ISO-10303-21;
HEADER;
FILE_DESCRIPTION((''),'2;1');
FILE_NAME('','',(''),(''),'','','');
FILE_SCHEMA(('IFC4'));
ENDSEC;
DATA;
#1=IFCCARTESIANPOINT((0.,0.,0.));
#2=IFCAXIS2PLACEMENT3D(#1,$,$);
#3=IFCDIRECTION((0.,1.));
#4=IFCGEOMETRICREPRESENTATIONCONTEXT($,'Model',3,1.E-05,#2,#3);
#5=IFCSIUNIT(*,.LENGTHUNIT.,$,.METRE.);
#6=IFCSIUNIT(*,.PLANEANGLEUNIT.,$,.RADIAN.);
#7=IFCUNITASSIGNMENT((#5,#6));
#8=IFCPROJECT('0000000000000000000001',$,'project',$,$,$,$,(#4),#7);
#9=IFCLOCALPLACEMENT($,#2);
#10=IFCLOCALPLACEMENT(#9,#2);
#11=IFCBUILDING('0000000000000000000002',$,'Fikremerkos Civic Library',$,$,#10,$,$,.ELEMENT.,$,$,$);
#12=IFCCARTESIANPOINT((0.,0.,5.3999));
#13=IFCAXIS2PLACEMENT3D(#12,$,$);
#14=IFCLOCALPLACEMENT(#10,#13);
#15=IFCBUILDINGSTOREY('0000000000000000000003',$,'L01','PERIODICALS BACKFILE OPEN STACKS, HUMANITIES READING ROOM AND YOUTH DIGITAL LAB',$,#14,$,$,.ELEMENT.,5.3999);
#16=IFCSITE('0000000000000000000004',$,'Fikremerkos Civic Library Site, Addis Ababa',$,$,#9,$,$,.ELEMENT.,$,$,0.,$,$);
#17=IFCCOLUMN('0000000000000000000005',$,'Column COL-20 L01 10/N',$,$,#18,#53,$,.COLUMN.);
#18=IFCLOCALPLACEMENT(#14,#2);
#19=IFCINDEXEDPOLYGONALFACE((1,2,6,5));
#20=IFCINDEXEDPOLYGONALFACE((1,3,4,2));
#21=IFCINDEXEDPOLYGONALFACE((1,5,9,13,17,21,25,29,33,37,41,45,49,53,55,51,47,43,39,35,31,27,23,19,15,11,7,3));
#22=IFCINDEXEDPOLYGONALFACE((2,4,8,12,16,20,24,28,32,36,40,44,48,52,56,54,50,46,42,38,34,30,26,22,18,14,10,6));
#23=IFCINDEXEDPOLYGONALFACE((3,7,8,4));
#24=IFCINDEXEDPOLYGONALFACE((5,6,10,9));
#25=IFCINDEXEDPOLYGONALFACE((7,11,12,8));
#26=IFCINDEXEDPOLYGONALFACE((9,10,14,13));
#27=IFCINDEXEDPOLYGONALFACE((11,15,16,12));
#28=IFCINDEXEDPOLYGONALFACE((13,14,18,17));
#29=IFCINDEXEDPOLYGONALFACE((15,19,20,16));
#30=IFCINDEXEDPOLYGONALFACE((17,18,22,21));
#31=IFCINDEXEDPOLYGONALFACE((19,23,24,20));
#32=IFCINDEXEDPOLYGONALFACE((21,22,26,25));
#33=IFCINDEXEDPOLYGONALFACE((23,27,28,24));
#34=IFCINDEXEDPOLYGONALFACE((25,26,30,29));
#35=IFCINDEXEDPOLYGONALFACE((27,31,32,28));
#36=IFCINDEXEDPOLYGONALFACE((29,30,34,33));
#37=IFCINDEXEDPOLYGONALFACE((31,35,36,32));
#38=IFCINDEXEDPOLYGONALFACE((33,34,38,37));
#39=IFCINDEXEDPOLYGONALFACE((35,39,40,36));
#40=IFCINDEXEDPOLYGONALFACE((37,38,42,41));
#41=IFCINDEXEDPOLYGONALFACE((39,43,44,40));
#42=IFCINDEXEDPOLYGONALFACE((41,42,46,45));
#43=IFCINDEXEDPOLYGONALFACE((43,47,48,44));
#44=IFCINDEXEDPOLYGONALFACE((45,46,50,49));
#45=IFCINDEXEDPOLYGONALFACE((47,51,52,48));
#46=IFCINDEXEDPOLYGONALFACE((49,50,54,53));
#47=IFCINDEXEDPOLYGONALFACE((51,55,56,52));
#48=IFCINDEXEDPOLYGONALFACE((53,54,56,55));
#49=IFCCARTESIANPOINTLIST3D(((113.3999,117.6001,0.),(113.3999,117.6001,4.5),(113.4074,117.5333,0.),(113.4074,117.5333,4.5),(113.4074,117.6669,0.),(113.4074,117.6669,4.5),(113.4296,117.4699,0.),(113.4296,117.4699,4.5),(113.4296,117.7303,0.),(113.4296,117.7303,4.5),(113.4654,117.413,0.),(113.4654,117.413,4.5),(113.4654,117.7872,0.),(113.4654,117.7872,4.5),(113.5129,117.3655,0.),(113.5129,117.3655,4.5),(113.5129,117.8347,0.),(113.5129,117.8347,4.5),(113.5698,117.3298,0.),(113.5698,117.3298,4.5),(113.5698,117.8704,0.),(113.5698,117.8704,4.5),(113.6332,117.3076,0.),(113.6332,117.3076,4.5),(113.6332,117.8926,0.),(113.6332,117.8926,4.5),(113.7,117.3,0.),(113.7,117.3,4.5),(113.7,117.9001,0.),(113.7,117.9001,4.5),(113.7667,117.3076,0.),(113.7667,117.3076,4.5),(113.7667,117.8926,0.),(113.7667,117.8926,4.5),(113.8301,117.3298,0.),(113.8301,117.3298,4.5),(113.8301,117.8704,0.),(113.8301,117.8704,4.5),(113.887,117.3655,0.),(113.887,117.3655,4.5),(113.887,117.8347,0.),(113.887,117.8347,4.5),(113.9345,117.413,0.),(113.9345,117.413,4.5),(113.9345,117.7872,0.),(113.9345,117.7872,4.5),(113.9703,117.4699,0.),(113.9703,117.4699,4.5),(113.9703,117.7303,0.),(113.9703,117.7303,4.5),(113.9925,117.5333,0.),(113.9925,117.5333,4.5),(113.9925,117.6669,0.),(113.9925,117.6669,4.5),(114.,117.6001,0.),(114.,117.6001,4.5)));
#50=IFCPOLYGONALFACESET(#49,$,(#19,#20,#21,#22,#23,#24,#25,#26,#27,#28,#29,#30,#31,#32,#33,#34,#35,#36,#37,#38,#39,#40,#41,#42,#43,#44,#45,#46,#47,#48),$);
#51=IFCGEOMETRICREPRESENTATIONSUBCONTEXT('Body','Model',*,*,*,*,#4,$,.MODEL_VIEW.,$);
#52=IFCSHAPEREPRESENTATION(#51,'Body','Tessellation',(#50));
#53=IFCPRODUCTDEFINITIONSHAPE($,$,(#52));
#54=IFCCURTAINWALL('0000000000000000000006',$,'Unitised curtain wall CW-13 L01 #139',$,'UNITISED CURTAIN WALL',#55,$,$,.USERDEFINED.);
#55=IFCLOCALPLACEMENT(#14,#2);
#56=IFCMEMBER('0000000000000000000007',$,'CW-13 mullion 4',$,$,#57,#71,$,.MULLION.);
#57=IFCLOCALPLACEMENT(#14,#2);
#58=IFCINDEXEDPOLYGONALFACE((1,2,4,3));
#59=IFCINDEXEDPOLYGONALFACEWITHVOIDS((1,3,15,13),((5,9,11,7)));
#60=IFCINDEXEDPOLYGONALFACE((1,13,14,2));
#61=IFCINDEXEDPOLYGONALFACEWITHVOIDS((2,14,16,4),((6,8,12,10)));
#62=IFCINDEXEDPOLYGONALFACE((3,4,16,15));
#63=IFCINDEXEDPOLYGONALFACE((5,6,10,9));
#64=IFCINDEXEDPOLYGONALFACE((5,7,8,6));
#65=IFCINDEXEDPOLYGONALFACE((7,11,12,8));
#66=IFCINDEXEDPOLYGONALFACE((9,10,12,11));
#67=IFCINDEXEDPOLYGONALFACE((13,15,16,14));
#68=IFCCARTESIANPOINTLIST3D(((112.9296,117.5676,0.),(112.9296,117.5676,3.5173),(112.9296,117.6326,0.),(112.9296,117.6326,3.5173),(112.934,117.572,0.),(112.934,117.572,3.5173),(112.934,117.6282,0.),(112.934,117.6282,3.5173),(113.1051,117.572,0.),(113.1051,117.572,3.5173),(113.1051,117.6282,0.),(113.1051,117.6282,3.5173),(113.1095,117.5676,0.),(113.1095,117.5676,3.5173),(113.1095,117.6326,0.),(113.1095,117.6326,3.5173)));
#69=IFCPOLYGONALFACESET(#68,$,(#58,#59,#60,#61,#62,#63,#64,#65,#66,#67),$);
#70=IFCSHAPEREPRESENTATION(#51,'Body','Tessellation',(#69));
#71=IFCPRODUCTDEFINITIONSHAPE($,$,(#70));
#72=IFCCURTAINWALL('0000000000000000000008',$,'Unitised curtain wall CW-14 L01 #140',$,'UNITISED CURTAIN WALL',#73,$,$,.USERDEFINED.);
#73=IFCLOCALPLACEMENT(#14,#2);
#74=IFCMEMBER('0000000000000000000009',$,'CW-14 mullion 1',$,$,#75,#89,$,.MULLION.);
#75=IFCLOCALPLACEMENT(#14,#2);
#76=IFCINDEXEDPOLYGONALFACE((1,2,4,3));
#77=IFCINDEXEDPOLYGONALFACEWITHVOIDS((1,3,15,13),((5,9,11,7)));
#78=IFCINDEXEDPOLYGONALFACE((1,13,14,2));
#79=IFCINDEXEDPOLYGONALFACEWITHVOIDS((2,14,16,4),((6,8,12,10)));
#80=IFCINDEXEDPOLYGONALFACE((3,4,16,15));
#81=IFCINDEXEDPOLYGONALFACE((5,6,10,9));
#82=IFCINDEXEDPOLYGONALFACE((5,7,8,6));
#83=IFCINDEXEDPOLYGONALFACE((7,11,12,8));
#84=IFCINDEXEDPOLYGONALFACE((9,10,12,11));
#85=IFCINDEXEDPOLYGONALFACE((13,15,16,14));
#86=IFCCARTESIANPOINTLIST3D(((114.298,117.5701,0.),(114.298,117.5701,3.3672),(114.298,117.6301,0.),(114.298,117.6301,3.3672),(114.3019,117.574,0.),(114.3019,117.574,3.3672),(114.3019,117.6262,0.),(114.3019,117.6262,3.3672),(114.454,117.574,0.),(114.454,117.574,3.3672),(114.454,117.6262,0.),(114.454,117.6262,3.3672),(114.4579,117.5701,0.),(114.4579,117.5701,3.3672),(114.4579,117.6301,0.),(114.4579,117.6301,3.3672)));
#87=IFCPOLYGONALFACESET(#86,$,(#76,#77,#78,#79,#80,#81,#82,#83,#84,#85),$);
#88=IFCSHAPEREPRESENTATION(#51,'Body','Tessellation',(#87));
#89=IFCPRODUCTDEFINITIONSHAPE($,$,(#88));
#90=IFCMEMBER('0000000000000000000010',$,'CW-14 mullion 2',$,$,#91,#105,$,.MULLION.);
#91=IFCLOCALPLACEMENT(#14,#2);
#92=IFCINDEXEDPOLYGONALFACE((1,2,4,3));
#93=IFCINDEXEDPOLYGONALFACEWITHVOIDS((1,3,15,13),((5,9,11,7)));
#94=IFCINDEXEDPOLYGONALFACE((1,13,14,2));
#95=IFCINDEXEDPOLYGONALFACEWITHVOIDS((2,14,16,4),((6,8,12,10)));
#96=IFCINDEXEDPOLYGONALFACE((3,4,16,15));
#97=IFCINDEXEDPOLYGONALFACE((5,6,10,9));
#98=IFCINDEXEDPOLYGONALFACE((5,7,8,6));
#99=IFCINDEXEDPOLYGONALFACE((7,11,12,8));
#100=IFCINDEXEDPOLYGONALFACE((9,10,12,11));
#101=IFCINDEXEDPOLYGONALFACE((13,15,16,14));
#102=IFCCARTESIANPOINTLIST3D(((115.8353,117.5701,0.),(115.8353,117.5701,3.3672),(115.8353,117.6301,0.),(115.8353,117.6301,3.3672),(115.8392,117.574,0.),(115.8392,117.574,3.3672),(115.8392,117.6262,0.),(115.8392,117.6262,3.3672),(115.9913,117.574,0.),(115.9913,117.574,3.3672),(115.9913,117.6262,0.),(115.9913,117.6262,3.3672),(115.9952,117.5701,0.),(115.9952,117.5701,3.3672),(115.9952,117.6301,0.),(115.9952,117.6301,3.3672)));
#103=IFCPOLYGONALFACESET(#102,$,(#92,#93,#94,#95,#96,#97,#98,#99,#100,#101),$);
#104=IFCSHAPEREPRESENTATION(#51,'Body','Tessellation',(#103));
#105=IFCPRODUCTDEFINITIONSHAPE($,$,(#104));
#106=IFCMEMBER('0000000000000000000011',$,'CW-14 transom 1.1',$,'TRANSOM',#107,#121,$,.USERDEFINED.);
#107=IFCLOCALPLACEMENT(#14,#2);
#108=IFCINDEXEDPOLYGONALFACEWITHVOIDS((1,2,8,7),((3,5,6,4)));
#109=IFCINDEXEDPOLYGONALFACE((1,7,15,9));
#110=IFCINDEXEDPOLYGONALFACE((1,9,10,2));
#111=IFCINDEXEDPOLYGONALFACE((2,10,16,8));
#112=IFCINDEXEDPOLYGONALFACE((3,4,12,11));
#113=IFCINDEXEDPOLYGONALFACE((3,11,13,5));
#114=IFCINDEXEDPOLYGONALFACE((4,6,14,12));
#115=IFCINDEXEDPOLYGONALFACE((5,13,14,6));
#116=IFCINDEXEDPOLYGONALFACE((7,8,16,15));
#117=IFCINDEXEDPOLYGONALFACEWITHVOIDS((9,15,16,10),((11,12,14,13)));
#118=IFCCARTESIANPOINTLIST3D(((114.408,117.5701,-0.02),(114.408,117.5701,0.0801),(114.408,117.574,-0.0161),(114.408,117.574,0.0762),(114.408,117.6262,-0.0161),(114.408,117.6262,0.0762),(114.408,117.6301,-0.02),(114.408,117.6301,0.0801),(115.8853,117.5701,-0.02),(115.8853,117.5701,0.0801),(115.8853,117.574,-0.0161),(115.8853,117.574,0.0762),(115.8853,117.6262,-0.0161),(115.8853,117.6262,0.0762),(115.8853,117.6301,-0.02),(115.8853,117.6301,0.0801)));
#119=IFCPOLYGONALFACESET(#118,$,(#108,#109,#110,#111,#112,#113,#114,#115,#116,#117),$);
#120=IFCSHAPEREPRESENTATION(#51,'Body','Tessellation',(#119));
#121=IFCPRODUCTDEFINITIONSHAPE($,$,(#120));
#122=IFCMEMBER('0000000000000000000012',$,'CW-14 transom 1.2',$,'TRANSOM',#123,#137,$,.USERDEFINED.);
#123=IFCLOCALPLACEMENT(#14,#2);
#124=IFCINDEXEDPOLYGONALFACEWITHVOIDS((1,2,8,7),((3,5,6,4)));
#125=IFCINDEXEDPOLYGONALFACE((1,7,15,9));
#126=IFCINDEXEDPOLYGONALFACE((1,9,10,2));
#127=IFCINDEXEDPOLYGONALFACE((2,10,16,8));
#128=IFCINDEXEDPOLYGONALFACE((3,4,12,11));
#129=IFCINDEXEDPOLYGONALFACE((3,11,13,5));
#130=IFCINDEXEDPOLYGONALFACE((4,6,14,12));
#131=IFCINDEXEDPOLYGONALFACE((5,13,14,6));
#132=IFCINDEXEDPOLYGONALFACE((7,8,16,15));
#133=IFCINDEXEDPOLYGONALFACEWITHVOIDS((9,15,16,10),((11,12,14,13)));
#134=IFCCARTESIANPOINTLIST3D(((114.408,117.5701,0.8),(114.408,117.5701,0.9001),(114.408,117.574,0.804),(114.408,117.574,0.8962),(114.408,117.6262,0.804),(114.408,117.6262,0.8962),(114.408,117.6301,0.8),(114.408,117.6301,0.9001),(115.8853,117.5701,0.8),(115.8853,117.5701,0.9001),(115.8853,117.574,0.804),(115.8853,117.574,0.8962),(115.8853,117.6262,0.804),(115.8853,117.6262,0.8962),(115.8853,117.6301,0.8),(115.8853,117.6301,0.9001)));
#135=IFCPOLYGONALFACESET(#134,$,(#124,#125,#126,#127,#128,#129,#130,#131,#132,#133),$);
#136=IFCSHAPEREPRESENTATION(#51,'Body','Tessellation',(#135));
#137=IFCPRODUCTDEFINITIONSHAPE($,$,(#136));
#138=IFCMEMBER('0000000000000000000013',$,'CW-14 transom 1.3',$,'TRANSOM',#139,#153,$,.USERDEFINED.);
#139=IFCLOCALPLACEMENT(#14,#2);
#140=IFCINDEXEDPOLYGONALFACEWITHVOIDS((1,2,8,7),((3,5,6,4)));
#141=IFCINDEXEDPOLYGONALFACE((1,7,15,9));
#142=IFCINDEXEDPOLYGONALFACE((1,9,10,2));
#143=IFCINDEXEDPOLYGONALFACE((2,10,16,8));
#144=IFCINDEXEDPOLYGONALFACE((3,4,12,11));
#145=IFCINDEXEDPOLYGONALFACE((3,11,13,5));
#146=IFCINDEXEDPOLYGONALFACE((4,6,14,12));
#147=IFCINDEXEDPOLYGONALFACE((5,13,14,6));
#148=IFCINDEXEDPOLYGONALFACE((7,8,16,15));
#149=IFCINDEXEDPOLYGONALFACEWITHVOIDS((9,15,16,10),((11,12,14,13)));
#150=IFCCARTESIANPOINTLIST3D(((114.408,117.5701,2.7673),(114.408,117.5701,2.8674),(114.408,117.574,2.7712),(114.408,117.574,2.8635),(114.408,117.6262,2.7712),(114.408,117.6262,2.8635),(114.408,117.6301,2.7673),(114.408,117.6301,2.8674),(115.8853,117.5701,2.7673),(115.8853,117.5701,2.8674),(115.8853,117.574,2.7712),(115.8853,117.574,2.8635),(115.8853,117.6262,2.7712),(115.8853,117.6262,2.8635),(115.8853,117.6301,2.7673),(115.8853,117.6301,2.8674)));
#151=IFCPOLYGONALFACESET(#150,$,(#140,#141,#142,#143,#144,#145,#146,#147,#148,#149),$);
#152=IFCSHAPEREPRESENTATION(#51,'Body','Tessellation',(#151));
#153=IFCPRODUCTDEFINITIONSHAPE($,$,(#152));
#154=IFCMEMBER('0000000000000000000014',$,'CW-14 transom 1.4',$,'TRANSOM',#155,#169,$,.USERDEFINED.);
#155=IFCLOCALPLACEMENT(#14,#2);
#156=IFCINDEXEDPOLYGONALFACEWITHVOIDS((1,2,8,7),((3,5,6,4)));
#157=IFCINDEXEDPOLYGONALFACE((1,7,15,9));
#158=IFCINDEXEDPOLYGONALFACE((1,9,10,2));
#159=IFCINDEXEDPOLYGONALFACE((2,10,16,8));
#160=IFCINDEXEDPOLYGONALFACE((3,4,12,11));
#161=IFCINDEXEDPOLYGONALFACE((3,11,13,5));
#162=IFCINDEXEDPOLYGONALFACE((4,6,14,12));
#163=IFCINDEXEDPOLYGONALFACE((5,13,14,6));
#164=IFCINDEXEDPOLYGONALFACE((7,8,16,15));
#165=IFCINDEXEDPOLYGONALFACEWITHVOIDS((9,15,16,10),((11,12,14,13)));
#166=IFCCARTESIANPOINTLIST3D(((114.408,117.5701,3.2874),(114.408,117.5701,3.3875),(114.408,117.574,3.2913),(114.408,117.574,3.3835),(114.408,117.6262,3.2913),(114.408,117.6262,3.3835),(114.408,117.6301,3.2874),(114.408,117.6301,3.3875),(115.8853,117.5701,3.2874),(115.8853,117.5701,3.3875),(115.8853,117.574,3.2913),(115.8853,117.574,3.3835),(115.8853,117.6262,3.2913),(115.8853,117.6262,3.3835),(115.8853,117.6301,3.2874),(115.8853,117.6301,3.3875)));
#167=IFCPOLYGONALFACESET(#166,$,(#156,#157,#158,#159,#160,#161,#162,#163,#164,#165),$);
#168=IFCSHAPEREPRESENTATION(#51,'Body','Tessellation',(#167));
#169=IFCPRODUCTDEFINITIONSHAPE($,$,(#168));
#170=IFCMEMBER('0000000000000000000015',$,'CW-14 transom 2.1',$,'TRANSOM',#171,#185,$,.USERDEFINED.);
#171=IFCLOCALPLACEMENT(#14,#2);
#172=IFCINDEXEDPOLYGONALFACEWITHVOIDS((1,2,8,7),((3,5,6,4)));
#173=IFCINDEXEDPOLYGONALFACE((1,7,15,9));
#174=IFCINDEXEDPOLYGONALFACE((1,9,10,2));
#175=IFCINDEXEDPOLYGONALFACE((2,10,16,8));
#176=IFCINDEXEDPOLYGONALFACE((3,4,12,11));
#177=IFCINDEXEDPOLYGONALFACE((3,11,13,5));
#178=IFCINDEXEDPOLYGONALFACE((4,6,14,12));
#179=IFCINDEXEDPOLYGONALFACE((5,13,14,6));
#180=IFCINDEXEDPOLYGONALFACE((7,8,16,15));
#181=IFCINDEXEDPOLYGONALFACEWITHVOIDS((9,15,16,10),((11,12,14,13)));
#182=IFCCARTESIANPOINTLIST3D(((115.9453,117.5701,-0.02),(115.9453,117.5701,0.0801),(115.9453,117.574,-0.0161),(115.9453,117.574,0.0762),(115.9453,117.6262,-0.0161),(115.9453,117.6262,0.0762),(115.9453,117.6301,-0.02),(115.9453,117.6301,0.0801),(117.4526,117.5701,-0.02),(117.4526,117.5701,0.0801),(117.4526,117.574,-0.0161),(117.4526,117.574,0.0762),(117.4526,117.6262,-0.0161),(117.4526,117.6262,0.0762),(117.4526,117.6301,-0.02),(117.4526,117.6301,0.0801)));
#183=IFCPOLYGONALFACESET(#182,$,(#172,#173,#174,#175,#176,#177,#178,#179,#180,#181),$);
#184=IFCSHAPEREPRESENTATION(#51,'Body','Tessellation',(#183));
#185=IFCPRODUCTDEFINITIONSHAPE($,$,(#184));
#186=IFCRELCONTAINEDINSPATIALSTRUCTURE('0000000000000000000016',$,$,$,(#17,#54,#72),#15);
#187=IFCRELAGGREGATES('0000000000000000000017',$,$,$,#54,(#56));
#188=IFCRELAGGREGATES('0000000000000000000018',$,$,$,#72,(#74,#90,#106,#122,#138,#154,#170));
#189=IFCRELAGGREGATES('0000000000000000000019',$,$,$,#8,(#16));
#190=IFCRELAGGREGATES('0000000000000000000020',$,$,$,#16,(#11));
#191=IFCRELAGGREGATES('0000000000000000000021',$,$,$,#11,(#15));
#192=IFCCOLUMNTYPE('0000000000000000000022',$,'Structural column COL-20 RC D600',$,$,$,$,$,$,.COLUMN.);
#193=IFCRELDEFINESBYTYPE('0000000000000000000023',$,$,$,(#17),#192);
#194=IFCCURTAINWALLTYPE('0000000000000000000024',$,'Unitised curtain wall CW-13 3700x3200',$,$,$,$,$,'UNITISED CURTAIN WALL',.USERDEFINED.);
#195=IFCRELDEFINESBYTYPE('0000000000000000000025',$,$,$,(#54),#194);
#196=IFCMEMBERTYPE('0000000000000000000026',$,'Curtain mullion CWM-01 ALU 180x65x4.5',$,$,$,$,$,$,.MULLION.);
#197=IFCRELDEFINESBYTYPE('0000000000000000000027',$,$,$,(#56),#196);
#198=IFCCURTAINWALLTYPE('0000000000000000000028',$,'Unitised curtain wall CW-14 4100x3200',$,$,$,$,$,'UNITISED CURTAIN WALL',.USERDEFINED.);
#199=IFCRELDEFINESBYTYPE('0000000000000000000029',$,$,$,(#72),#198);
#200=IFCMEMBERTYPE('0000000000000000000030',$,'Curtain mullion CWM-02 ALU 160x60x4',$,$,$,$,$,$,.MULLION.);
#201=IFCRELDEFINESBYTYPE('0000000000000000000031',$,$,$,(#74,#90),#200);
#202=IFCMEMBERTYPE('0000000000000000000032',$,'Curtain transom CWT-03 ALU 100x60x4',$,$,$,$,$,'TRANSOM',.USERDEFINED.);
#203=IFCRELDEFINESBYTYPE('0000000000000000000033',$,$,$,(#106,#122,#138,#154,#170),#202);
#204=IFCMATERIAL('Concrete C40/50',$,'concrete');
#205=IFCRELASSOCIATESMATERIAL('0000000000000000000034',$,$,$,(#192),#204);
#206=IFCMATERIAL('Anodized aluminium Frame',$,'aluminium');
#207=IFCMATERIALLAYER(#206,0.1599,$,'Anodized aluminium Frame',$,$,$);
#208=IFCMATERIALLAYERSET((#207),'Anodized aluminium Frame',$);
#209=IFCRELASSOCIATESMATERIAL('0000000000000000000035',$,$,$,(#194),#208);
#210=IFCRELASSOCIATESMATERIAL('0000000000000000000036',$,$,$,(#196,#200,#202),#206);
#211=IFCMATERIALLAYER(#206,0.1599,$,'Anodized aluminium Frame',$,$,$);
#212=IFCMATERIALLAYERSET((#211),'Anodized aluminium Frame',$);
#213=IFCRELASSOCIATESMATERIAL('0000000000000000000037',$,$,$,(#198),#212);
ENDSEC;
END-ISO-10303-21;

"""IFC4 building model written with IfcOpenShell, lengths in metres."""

from ifc_helpers import new_model, si_unit, direction, frame, origin, origin_2d, place, context, subcontext, project, spatial, hollow_rectangle, circle, extrude, material, layer, layer_set, material_profile, profile_set, type_object, element, aggregate, save


model = new_model("IFC4")

# Units and contexts
model_context = context("Model", 3, precision=1e-05, world=origin(), true_north=direction((0.0, 1.0)))
body_context = subcontext(model_context, "Body", "Model", "MODEL_VIEW")
ifc_project = project(units=[si_unit("LENGTHUNIT", "METRE"), si_unit("PLANEANGLEUNIT", "RADIAN")], contexts=[model_context])

# Site, building, storey
site_placement = place(None, origin())
site = spatial("IfcSite", under=ifc_project, at=site_placement, Name="Fikremerkos Civic Library Site, Addis Ababa", CompositionType="ELEMENT", RefElevation=0.0)
building_placement = place(site_placement, origin())
building = spatial("IfcBuilding", under=site, at=building_placement, Name="Fikremerkos Civic Library", CompositionType="ELEMENT")
storey_placement = place(building_placement, frame((0.0, 0.0, 5.3999)))
storey = spatial("IfcBuildingStorey", under=building, at=storey_placement, Name="L01", Description="PERIODICALS BACKFILE OPEN STACKS, HUMANITIES READING ROOM AND YOUTH DIGITAL LAB", CompositionType="ELEMENT", Elevation=5.3999)

# Column
ifc_material_1 = material(Name="Concrete C40/50", Category="concrete")
ifc_material_profile_1 = material_profile(ifc_material_1, circle(Radius=0.3, at=origin_2d()), Name="RC D600")
ifc_profile_set_1 = profile_set([ifc_material_profile_1], Name="Concrete C40/50")
column_type = type_object("IfcColumnType", Name="Structural column COL-20 RC D600", PredefinedType="COLUMN", material=ifc_profile_set_1)
column_placement = place(storey_placement, frame((113.7, 117.6001, 0.0), z_axis=(0.0, 0.0, 1.0), x_axis=(1.0, 0.0, 0.0)))
element("IfcColumn", 1, at=column_placement, inside=storey, type_object=column_type, Name="Column COL-20 L01 10/N", PredefinedType="COLUMN", context=body_context, shape_type="SweptSolid", body=[
    extrude(circle(Radius=0.3, at=origin_2d()), origin(), (0.0, 0.0, 1.0), 4.5),
])

# Curtain wall, member
ifc_material_2 = material(Name="Anodized aluminium Frame", Category="aluminium")
ifc_layer_1 = layer(ifc_material_2, 0.1599, Name="Anodized aluminium Frame")
ifc_layer_set_1 = layer_set([ifc_layer_1], Name="Anodized aluminium Frame")
curtain_wall_type_1 = type_object("IfcCurtainWallType", Name="Unitised curtain wall CW-13 3700x3200", ElementType="UNITISED CURTAIN WALL", PredefinedType="USERDEFINED", material=ifc_layer_set_1)
curtain_wall_1_placement = place(storey_placement, origin())
curtain_wall_1 = element("IfcCurtainWall", 2, at=curtain_wall_1_placement, inside=storey, type_object=curtain_wall_type_1, Name="Unitised curtain wall CW-13 L01 #139", ObjectType="UNITISED CURTAIN WALL", PredefinedType="USERDEFINED")
ifc_material_profile_2 = material_profile(ifc_material_2, hollow_rectangle(XDim=0.0649, YDim=0.1799, WallThickness=0.0044, at=origin_2d()), Name="ALU 180x65x4.5")
ifc_profile_set_2 = profile_set([ifc_material_profile_2], Name="Anodized aluminium Frame")
member_type_1 = type_object("IfcMemberType", Name="Curtain mullion CWM-01 ALU 180x65x4.5", PredefinedType="MULLION", material=ifc_profile_set_2)
member_1_placement = place(storey_placement, frame((113.0195, 117.6001, 0.0), z_axis=(0.0, 0.0, 1.0), x_axis=(0.0, 1.0, 0.0)))
member_1 = element("IfcMember", 3, at=member_1_placement, type_object=member_type_1, Name="CW-13 mullion 4", PredefinedType="MULLION", context=body_context, shape_type="SweptSolid", body=[
    extrude(hollow_rectangle(XDim=0.0649, YDim=0.1799, WallThickness=0.0044, at=origin_2d()), origin(), (0.0, 0.0, 1.0), 3.5173),
])

# Curtain wall, members
ifc_layer_2 = layer(ifc_material_2, 0.1599, Name="Anodized aluminium Frame")
ifc_layer_set_2 = layer_set([ifc_layer_2], Name="Anodized aluminium Frame")
curtain_wall_type_2 = type_object("IfcCurtainWallType", Name="Unitised curtain wall CW-14 4100x3200", ElementType="UNITISED CURTAIN WALL", PredefinedType="USERDEFINED", material=ifc_layer_set_2)
curtain_wall_2_placement = place(storey_placement, origin())
curtain_wall_2 = element("IfcCurtainWall", 4, at=curtain_wall_2_placement, inside=storey, type_object=curtain_wall_type_2, Name="Unitised curtain wall CW-14 L01 #140", ObjectType="UNITISED CURTAIN WALL", PredefinedType="USERDEFINED")
ifc_material_profile_3 = material_profile(ifc_material_2, hollow_rectangle(XDim=0.0601, YDim=0.1599, WallThickness=0.0039, at=origin_2d()), Name="ALU 160x60x4")
ifc_profile_set_3 = profile_set([ifc_material_profile_3], Name="Anodized aluminium Frame")
member_type_2 = type_object("IfcMemberType", Name="Curtain mullion CWM-02 ALU 160x60x4", PredefinedType="MULLION", material=ifc_profile_set_3)
member_2_placement = place(storey_placement, frame((114.3779, 117.6001, 0.0), z_axis=(0.0, 0.0, 1.0), x_axis=(0.0, 1.0, 0.0)))
member_2 = element("IfcMember", 5, at=member_2_placement, type_object=member_type_2, Name="CW-14 mullion 1", PredefinedType="MULLION", context=body_context, shape_type="SweptSolid", body=[
    extrude(hollow_rectangle(XDim=0.0601, YDim=0.1599, WallThickness=0.0039, at=origin_2d()), origin(), (0.0, 0.0, 1.0), 3.3672),
])
member_3_placement = place(storey_placement, frame((115.9153, 117.6001, 0.0), z_axis=(0.0, 0.0, 1.0), x_axis=(0.0, 1.0, 0.0)))
member_3 = element("IfcMember", 6, at=member_3_placement, type_object=member_type_2, Name="CW-14 mullion 2", PredefinedType="MULLION", context=body_context, shape_type="SweptSolid", body=[
    extrude(hollow_rectangle(XDim=0.0601, YDim=0.1599, WallThickness=0.0039, at=origin_2d()), origin(), (0.0, 0.0, 1.0), 3.3672),
])
ifc_material_profile_4 = material_profile(ifc_material_2, hollow_rectangle(XDim=0.0601, YDim=0.1001, WallThickness=0.0039, at=origin_2d()), Name="ALU 100x60x4")
ifc_profile_set_4 = profile_set([ifc_material_profile_4], Name="Anodized aluminium Frame")
member_type_3 = type_object("IfcMemberType", Name="Curtain transom CWT-03 ALU 100x60x4", ElementType="TRANSOM", PredefinedType="USERDEFINED", material=ifc_profile_set_4)
member_4_placement = place(storey_placement, frame((114.408, 117.6001, 0.03), z_axis=(1.0, 0.0, 0.0), x_axis=(0.0, 1.0, 0.0)))
member_4 = element("IfcMember", 7, at=member_4_placement, type_object=member_type_3, Name="CW-14 transom 1.1", ObjectType="TRANSOM", PredefinedType="USERDEFINED", context=body_context, shape_type="SweptSolid", body=[
    extrude(hollow_rectangle(XDim=0.0601, YDim=0.1001, WallThickness=0.0039, at=origin_2d()), origin(), (0.0, 0.0, 1.0), 1.4773),
])
member_5_placement = place(storey_placement, frame((114.408, 117.6001, 0.8501), z_axis=(1.0, 0.0, 0.0), x_axis=(0.0, 1.0, 0.0)))
member_5 = element("IfcMember", 8, at=member_5_placement, type_object=member_type_3, Name="CW-14 transom 1.2", ObjectType="TRANSOM", PredefinedType="USERDEFINED", context=body_context, shape_type="SweptSolid", body=[
    extrude(hollow_rectangle(XDim=0.0601, YDim=0.1001, WallThickness=0.0039, at=origin_2d()), origin(), (0.0, 0.0, 1.0), 1.4773),
])
member_6_placement = place(storey_placement, frame((114.408, 117.6001, 2.8174), z_axis=(1.0, 0.0, 0.0), x_axis=(0.0, 1.0, 0.0)))
member_6 = element("IfcMember", 9, at=member_6_placement, type_object=member_type_3, Name="CW-14 transom 1.3", ObjectType="TRANSOM", PredefinedType="USERDEFINED", context=body_context, shape_type="SweptSolid", body=[
    extrude(hollow_rectangle(XDim=0.0601, YDim=0.1001, WallThickness=0.0039, at=origin_2d()), origin(), (0.0, 0.0, 1.0), 1.4773),
])
member_7_placement = place(storey_placement, frame((114.408, 117.6001, 3.3374), z_axis=(1.0, 0.0, 0.0), x_axis=(0.0, 1.0, 0.0)))
member_7 = element("IfcMember", 10, at=member_7_placement, type_object=member_type_3, Name="CW-14 transom 1.4", ObjectType="TRANSOM", PredefinedType="USERDEFINED", context=body_context, shape_type="SweptSolid", body=[
    extrude(hollow_rectangle(XDim=0.0601, YDim=0.1001, WallThickness=0.0039, at=origin_2d()), origin(), (0.0, 0.0, 1.0), 1.4773),
])
member_8_placement = place(storey_placement, frame((115.9453, 117.6001, 0.03), z_axis=(1.0, 0.0, 0.0), x_axis=(0.0, 1.0, 0.0)))
member_8 = element("IfcMember", 11, at=member_8_placement, type_object=member_type_3, Name="CW-14 transom 2.1", ObjectType="TRANSOM", PredefinedType="USERDEFINED", context=body_context, shape_type="SweptSolid", body=[
    extrude(hollow_rectangle(XDim=0.0601, YDim=0.1001, WallThickness=0.0039, at=origin_2d()), origin(), (0.0, 0.0, 1.0), 1.5073),
])

aggregate(curtain_wall_1, [member_1])
aggregate(curtain_wall_2, [member_2, member_3, member_4, member_5, member_6, member_7, member_8])

save(model, "model.ifc")
